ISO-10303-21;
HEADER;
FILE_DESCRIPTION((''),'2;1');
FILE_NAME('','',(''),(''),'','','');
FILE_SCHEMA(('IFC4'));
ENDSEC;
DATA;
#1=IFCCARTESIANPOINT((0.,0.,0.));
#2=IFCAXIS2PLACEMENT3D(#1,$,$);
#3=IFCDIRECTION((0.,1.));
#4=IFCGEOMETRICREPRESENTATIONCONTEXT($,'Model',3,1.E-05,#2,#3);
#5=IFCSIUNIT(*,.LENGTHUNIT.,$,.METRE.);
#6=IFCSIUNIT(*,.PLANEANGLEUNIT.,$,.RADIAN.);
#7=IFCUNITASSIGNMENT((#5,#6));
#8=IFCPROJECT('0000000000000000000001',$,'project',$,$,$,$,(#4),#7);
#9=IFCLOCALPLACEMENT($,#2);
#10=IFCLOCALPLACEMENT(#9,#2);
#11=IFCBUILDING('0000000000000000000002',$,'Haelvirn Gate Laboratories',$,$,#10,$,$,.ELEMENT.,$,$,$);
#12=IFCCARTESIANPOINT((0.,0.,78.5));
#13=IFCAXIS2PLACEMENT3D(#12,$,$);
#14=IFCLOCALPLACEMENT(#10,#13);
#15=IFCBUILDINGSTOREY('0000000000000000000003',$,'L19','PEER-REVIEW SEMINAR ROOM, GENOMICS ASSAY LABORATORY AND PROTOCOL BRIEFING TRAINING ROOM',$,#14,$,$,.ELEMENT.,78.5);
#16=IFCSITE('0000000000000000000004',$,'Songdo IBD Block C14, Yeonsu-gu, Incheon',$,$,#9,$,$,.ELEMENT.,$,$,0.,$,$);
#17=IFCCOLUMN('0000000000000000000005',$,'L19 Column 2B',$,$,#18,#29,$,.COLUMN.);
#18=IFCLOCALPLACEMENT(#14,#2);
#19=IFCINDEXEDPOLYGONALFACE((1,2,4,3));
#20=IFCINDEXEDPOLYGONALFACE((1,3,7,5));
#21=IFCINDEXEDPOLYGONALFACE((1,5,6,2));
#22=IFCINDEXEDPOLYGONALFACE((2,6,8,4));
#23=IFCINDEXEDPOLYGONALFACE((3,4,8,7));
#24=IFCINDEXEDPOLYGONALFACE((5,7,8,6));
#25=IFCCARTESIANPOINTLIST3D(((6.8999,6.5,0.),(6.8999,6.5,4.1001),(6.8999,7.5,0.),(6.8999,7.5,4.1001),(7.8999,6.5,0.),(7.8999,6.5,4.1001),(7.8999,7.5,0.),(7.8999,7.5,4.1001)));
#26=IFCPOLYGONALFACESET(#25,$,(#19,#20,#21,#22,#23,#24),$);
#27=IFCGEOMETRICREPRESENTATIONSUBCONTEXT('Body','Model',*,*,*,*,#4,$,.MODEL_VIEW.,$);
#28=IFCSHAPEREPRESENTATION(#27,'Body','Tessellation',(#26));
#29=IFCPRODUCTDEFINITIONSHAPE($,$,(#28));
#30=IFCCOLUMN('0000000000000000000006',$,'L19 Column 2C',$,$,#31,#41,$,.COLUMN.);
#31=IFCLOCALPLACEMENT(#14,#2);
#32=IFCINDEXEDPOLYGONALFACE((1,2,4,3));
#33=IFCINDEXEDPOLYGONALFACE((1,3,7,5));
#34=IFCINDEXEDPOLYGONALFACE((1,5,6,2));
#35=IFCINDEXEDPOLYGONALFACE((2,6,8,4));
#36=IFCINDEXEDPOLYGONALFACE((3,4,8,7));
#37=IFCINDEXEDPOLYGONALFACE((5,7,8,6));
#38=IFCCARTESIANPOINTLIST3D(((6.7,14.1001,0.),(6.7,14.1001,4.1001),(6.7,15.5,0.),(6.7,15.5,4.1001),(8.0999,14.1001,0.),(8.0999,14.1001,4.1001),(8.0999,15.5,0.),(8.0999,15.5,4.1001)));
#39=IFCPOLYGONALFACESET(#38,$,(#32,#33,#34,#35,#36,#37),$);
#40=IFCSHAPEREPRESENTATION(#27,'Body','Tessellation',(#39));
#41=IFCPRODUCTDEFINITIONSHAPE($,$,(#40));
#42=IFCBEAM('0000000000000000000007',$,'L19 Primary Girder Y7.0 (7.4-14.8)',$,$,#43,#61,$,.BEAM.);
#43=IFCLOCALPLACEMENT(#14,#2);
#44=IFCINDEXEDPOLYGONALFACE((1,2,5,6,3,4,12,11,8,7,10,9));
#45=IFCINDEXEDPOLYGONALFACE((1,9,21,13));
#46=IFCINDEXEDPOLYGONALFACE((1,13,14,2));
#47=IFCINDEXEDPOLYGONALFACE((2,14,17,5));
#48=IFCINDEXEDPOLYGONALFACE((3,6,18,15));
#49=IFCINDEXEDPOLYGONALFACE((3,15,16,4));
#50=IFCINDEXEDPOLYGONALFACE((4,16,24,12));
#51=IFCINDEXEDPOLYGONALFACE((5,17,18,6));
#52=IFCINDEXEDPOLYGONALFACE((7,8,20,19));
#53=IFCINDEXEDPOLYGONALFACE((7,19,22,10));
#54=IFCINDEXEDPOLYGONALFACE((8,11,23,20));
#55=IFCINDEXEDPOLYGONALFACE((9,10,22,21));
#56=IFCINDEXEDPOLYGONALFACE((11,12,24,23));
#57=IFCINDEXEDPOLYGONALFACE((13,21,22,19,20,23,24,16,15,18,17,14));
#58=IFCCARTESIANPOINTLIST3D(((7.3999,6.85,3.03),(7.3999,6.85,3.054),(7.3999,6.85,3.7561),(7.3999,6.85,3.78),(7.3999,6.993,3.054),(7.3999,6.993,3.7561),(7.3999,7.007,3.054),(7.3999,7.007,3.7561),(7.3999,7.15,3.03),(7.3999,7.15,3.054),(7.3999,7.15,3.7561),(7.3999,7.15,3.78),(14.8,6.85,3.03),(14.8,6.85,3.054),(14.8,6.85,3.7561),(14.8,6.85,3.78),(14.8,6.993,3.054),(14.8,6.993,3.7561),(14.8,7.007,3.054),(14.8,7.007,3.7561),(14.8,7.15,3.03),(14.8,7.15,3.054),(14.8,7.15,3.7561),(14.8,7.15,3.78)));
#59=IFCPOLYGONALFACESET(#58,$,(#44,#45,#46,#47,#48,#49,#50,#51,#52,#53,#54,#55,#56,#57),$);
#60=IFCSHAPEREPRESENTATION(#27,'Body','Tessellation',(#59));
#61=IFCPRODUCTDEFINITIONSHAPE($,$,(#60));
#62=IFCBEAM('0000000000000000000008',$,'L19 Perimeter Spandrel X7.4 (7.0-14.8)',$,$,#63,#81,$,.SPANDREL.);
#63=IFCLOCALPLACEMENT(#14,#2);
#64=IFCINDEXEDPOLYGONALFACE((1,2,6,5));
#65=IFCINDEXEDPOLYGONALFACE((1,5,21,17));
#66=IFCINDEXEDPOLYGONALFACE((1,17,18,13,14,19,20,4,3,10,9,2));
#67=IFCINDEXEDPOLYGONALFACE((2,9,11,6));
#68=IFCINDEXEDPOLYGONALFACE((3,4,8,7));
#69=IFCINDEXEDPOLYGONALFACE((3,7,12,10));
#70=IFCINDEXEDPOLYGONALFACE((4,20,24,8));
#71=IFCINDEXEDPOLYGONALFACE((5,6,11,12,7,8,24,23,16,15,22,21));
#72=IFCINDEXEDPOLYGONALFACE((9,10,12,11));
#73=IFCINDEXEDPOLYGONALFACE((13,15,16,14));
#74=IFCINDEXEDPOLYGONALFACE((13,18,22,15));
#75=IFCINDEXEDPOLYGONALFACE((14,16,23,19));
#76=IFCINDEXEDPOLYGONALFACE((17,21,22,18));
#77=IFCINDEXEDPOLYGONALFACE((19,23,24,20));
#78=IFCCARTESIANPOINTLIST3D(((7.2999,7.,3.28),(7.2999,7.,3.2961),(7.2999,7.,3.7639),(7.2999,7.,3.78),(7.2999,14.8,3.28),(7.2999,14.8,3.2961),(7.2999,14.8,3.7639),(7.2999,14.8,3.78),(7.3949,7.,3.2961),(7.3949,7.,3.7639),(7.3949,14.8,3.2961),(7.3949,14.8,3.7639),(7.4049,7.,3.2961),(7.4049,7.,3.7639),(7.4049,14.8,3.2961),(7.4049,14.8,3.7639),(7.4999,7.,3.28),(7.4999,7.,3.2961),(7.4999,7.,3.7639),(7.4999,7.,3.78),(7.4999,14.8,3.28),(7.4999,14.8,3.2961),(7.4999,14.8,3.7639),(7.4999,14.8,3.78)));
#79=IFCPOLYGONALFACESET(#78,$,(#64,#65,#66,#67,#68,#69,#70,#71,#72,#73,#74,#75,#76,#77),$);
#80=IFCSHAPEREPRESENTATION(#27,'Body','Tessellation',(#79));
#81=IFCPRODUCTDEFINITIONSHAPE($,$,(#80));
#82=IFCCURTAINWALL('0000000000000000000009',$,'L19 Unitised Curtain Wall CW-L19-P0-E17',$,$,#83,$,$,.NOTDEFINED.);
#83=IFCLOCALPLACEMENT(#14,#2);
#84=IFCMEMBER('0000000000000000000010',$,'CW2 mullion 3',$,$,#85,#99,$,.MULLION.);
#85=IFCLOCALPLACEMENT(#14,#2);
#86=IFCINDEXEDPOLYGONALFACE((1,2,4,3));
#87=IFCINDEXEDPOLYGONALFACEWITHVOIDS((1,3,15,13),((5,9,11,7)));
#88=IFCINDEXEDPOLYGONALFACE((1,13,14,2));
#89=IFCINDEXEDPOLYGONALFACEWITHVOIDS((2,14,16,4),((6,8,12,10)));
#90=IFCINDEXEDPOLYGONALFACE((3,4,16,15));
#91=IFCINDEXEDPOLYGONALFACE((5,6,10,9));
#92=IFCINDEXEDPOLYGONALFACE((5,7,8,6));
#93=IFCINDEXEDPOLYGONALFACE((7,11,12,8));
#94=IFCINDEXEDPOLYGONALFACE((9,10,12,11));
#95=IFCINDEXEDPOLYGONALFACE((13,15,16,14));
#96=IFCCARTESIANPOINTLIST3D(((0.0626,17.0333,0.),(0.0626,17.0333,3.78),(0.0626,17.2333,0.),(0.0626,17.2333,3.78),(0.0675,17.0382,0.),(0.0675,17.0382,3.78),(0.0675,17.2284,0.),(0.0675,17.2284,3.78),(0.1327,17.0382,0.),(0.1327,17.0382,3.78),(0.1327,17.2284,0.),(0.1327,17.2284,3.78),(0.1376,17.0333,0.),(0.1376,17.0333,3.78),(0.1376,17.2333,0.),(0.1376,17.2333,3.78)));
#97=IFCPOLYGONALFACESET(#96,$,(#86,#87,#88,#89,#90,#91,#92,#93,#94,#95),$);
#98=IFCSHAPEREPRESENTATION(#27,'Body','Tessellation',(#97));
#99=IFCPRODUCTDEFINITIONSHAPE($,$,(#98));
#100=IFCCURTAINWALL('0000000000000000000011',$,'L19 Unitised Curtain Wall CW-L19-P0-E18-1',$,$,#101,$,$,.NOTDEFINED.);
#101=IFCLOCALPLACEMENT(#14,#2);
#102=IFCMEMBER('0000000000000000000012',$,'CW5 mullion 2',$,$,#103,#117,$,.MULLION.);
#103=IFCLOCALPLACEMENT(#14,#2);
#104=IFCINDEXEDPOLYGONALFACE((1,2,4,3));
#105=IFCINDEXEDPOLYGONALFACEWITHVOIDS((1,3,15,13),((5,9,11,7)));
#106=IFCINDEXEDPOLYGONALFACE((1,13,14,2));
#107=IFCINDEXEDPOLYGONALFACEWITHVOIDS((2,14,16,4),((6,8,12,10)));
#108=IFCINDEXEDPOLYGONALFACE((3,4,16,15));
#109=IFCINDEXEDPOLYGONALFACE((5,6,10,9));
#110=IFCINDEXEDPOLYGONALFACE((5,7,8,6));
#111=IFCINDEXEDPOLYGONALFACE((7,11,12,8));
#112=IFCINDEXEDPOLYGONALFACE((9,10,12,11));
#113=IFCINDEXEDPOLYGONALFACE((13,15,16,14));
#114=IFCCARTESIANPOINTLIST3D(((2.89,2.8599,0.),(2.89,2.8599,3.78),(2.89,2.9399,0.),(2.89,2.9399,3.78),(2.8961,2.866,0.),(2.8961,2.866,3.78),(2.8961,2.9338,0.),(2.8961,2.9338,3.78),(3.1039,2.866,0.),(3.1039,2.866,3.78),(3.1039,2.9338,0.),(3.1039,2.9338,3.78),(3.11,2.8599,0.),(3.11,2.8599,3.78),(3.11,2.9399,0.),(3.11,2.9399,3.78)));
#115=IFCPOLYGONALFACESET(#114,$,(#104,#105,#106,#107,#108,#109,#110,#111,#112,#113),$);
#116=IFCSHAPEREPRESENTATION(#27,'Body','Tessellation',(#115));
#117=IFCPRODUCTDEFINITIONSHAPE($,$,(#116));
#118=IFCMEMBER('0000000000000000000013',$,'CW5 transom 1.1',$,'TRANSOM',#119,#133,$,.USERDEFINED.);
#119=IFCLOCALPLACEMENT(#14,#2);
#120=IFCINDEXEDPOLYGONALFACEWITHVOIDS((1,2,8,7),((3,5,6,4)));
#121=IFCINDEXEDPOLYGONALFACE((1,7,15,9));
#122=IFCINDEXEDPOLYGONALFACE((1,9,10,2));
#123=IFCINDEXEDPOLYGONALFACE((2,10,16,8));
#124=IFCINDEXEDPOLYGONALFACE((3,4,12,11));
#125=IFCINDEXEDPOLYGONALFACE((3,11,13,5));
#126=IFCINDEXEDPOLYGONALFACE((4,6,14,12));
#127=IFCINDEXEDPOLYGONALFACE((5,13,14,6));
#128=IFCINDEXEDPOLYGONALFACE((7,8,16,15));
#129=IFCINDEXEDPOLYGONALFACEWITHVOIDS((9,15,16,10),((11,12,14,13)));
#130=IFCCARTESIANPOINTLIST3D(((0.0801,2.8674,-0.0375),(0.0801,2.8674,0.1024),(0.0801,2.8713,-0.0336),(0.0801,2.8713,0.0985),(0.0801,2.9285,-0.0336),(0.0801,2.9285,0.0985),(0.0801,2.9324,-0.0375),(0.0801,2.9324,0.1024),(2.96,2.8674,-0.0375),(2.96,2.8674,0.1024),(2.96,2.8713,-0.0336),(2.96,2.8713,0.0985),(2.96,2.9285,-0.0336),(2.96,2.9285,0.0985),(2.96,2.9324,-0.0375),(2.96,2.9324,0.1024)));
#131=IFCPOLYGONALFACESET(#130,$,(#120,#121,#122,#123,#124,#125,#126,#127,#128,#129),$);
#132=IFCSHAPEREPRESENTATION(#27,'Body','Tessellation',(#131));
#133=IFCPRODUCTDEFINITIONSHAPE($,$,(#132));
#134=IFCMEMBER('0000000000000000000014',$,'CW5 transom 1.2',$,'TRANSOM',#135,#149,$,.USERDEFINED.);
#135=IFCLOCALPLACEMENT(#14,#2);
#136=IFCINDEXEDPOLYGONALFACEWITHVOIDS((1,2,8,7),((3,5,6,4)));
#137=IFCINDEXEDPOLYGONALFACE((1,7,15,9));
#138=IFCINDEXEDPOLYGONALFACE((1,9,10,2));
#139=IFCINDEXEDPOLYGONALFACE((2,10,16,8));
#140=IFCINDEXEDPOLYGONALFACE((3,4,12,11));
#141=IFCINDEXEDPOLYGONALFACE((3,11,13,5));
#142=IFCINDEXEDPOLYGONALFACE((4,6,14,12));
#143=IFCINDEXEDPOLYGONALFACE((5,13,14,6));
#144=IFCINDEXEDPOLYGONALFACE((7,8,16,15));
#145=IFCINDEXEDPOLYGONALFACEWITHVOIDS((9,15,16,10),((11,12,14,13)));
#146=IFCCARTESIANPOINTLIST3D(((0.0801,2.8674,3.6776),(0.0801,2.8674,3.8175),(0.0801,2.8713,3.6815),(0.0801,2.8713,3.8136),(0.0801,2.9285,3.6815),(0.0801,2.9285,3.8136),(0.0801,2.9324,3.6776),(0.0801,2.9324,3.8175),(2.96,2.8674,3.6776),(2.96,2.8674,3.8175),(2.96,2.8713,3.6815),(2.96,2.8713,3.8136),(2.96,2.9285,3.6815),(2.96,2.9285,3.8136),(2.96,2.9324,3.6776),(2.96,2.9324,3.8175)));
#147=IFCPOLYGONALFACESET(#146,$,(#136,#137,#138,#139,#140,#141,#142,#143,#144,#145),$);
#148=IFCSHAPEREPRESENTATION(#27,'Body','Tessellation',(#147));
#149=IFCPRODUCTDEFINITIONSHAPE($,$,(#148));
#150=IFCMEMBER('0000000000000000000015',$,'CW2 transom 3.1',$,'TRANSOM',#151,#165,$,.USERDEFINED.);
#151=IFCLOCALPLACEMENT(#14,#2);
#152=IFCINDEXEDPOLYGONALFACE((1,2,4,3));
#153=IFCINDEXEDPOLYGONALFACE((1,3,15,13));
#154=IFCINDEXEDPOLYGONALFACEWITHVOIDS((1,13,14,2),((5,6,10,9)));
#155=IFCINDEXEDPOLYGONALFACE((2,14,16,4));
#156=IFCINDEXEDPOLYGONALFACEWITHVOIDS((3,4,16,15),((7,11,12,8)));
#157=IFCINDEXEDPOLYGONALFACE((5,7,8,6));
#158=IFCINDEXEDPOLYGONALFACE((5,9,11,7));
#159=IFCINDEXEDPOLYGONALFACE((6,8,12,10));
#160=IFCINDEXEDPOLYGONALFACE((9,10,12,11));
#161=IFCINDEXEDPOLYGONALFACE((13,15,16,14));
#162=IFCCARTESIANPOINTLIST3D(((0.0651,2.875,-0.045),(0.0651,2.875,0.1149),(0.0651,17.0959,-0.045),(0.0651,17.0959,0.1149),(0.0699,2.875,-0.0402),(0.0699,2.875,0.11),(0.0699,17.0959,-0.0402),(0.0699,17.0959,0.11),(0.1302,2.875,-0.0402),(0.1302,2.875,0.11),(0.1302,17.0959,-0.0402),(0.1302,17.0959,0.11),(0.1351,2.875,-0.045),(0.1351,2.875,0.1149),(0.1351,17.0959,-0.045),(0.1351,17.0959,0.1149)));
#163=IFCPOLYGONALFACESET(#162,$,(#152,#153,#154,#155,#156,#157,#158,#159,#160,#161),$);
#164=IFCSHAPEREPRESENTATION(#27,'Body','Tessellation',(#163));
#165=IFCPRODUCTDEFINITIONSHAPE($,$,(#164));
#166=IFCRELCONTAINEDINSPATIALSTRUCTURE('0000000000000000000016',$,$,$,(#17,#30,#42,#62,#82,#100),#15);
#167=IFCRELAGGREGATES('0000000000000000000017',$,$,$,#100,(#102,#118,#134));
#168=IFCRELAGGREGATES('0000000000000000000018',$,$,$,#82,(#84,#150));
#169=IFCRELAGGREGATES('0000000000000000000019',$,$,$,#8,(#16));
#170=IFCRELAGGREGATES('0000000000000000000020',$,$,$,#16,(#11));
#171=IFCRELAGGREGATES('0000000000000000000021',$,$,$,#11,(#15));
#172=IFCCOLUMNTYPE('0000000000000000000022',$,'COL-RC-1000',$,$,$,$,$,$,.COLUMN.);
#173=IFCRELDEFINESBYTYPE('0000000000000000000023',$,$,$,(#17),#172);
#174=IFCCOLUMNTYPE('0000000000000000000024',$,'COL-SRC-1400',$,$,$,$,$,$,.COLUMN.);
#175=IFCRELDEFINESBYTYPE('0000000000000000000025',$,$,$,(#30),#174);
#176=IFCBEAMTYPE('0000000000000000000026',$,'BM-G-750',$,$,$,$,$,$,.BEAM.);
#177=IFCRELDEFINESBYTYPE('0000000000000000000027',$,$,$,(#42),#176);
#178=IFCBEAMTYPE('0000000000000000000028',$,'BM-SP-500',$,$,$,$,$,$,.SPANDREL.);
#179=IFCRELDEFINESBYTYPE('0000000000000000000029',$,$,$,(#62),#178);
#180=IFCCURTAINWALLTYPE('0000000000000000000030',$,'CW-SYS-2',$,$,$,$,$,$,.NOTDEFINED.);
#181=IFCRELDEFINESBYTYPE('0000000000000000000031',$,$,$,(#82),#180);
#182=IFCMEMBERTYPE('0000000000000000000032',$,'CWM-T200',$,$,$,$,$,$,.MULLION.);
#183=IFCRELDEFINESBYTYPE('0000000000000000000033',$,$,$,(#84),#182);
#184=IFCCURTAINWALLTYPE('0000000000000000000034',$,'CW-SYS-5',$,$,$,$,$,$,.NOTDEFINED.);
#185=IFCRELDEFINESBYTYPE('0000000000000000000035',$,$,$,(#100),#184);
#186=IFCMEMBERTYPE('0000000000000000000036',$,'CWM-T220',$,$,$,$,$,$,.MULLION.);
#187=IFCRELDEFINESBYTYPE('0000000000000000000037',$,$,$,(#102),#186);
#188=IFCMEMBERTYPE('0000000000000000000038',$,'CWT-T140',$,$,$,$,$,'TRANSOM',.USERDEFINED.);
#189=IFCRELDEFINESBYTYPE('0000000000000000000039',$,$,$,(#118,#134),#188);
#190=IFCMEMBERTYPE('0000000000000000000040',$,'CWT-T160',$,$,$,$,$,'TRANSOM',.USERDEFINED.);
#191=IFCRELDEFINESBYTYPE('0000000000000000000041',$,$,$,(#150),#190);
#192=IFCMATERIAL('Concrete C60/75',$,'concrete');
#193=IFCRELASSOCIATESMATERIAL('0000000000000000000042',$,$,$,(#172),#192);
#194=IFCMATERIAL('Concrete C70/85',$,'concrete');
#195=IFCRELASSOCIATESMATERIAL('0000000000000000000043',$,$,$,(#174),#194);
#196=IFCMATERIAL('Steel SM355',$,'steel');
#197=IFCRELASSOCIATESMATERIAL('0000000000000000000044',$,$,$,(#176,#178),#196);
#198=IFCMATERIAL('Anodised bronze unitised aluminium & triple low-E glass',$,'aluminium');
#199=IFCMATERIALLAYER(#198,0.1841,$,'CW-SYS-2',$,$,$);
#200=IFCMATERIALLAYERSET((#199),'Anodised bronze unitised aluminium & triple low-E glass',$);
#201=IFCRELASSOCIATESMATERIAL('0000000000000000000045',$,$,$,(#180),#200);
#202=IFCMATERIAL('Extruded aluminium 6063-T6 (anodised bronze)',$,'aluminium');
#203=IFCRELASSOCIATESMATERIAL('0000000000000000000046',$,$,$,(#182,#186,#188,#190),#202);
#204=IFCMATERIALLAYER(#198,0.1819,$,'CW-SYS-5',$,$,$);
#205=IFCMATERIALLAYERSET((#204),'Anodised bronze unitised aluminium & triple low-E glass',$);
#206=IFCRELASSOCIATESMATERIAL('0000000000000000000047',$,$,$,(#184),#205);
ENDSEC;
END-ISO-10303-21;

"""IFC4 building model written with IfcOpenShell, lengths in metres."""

from ifc_helpers import new_model, si_unit, direction, frame, origin, origin_2d, place, context, subcontext, project, spatial, rectangle, hollow_rectangle, i_section, extrude, source, transform, mapped, material, layer, layer_set, material_profile, profile_set, type_object, type_shapes, element, aggregate, save


model = new_model("IFC4")

# Units and contexts
model_context = context("Model", 3, precision=1e-05, world=origin(), true_north=direction((0.0, 1.0)))
body_context = subcontext(model_context, "Body", "Model", "MODEL_VIEW")
ifc_project = project(units=[si_unit("LENGTHUNIT", "METRE"), si_unit("PLANEANGLEUNIT", "RADIAN")], contexts=[model_context])

# Site, building, storey
site_placement = place(None, origin())
site = spatial("IfcSite", under=ifc_project, at=site_placement, Name="Songdo IBD Block C14, Yeonsu-gu, Incheon", CompositionType="ELEMENT", RefElevation=0.0)
building_placement = place(site_placement, origin())
building = spatial("IfcBuilding", under=site, at=building_placement, Name="Haelvirn Gate Laboratories", CompositionType="ELEMENT")
storey_placement = place(building_placement, frame((0.0, 0.0, 78.5)))
storey = spatial("IfcBuildingStorey", under=building, at=storey_placement, Name="L19", Description="PEER-REVIEW SEMINAR ROOM, GENOMICS ASSAY LABORATORY AND PROTOCOL BRIEFING TRAINING ROOM", CompositionType="ELEMENT", Elevation=78.5)

# Columns
ifc_material_1 = material(Name="Concrete C60/75", Category="concrete")
ifc_material_profile_1 = material_profile(ifc_material_1, rectangle(XDim=1.0, YDim=1.0, at=origin_2d()), Name="RC-1000x1000")
ifc_profile_set_1 = profile_set([ifc_material_profile_1], Name="Concrete C60/75")
column_type_1 = type_object("IfcColumnType", Name="COL-RC-1000", PredefinedType="COLUMN", material=ifc_profile_set_1)
shared_shape_1 = source(origin(), body_context, "Body", "SweptSolid", [
    extrude(rectangle(XDim=1.0, YDim=1.0, at=origin_2d()), origin(), (0.0, 0.0, 1.0), 4.1001),
])
type_shapes(column_type_1, [shared_shape_1])
column_1_placement = place(storey_placement, frame((7.3999, 7.0, 0.0), z_axis=(0.0, 0.0, 1.0), x_axis=(1.0, 0.0, 0.0)))
element("IfcColumn", 1, at=column_1_placement, inside=storey, type_object=column_type_1, Name="L19 Column 2B", PredefinedType="COLUMN", context=body_context, shape_type="MappedRepresentation", body=[
    mapped(shared_shape_1, transform((0.0, 0.0, 0.0), scale=1.0)),
])
ifc_material_2 = material(Name="Concrete C70/85", Category="concrete")
ifc_material_profile_2 = material_profile(ifc_material_2, rectangle(XDim=1.3999, YDim=1.3999, at=origin_2d()), Name="SRC-1400x1400")
ifc_profile_set_2 = profile_set([ifc_material_profile_2], Name="Concrete C70/85")
column_type_2 = type_object("IfcColumnType", Name="COL-SRC-1400", PredefinedType="COLUMN", material=ifc_profile_set_2)
shared_shape_2 = source(origin(), body_context, "Body", "SweptSolid", [
    extrude(rectangle(XDim=1.3999, YDim=1.3999, at=origin_2d()), origin(), (0.0, 0.0, 1.0), 4.1001),
])
type_shapes(column_type_2, [shared_shape_2])
column_2_placement = place(storey_placement, frame((7.3999, 14.8, 0.0), z_axis=(0.0, 0.0, 1.0), x_axis=(1.0, 0.0, 0.0)))
element("IfcColumn", 2, at=column_2_placement, inside=storey, type_object=column_type_2, Name="L19 Column 2C", PredefinedType="COLUMN", context=body_context, shape_type="MappedRepresentation", body=[
    mapped(shared_shape_2, transform((0.0, 0.0, 0.0), scale=1.0)),
])

# Beams
ifc_material_3 = material(Name="Steel SM355", Category="steel")
ifc_material_profile_3 = material_profile(ifc_material_3, i_section(OverallWidth=0.3, OverallDepth=0.75, WebThickness=0.0139, FlangeThickness=0.0239, at=origin_2d()), Name="H-750x300x14x24")
ifc_profile_set_3 = profile_set([ifc_material_profile_3], Name="Steel SM355")
beam_type_1 = type_object("IfcBeamType", Name="BM-G-750", PredefinedType="BEAM", material=ifc_profile_set_3)
shared_shape_3 = source(origin(), body_context, "Body", "SweptSolid", [
    extrude(i_section(OverallWidth=0.3, OverallDepth=0.75, WebThickness=0.0139, FlangeThickness=0.0239, at=origin_2d()), origin(), (0.0, 0.0, 1.0), 7.4001),
])
type_shapes(beam_type_1, [shared_shape_3])
beam_1_placement = place(storey_placement, frame((7.3999, 7.0, 3.405), z_axis=(1.0, 0.0, 0.0), x_axis=(0.0, 1.0, 0.0)))
element("IfcBeam", 3, at=beam_1_placement, inside=storey, type_object=beam_type_1, Name="L19 Primary Girder Y7.0 (7.4-14.8)", PredefinedType="BEAM", context=body_context, shape_type="MappedRepresentation", body=[
    mapped(shared_shape_3, transform((0.0, 0.0, 0.0), scale=1.0)),
])
ifc_material_profile_4 = material_profile(ifc_material_3, i_section(OverallWidth=0.2, OverallDepth=0.5, WebThickness=0.01, FlangeThickness=0.0161, at=origin_2d()), Name="H-500x200x10x16")
ifc_profile_set_4 = profile_set([ifc_material_profile_4], Name="Steel SM355")
beam_type_2 = type_object("IfcBeamType", Name="BM-SP-500", PredefinedType="SPANDREL", material=ifc_profile_set_4)
shared_shape_4 = source(origin(), body_context, "Body", "SweptSolid", [
    extrude(i_section(OverallWidth=0.2, OverallDepth=0.5, WebThickness=0.01, FlangeThickness=0.0161, at=origin_2d()), origin(), (0.0, 0.0, 1.0), 7.8),
])
type_shapes(beam_type_2, [shared_shape_4])
beam_2_placement = place(storey_placement, frame((7.3999, 7.0, 3.53), z_axis=(0.0, 1.0, 0.0), x_axis=(-1.0, 0.0, 0.0)))
element("IfcBeam", 4, at=beam_2_placement, inside=storey, type_object=beam_type_2, Name="L19 Perimeter Spandrel X7.4 (7.0-14.8)", PredefinedType="SPANDREL", context=body_context, shape_type="MappedRepresentation", body=[
    mapped(shared_shape_4, transform((0.0, 0.0, 0.0), scale=1.0)),
])

# Curtain wall, member
ifc_material_4 = material(Name="Anodised bronze unitised aluminium & triple low-E glass", Category="aluminium")
ifc_layer_1 = layer(ifc_material_4, 0.1841, Name="CW-SYS-2")
ifc_layer_set_1 = layer_set([ifc_layer_1], Name="Anodised bronze unitised aluminium & triple low-E glass")
curtain_wall_type_1 = type_object("IfcCurtainWallType", Name="CW-SYS-2", PredefinedType="NOTDEFINED", material=ifc_layer_set_1)
curtain_wall_1_placement = place(storey_placement, origin())
curtain_wall_1 = element("IfcCurtainWall", 5, at=curtain_wall_1_placement, inside=storey, type_object=curtain_wall_type_1, Name="L19 Unitised Curtain Wall CW-L19-P0-E17", PredefinedType="NOTDEFINED")
ifc_material_5 = material(Name="Extruded aluminium 6063-T6 (anodised bronze)", Category="aluminium")
ifc_material_profile_5 = material_profile(ifc_material_5, hollow_rectangle(XDim=0.075, YDim=0.2, WallThickness=0.0049, at=origin_2d()), Name="CWM-200x75x5")
ifc_profile_set_5 = profile_set([ifc_material_profile_5], Name="Extruded aluminium 6063-T6 (anodised bronze)")
member_type_1 = type_object("IfcMemberType", Name="CWM-T200", PredefinedType="MULLION", material=ifc_profile_set_5)
shared_shape_5 = source(origin(), body_context, "Body", "SweptSolid", [
    extrude(hollow_rectangle(XDim=0.075, YDim=0.2, WallThickness=0.0049, at=origin_2d()), origin(), (0.0, 0.0, 1.0), 3.78),
])
type_shapes(member_type_1, [shared_shape_5])
member_1_placement = place(storey_placement, frame((0.1001, 17.1333, 0.0), z_axis=(0.0, 0.0, 1.0), x_axis=(1.0, 0.0, 0.0)))
member_1 = element("IfcMember", 6, at=member_1_placement, type_object=member_type_1, Name="CW2 mullion 3", PredefinedType="MULLION", context=body_context, shape_type="MappedRepresentation", body=[
    mapped(shared_shape_5, transform((0.0, 0.0, 0.0), scale=1.0)),
])

# Curtain wall, members
ifc_layer_2 = layer(ifc_material_4, 0.1819, Name="CW-SYS-5")
ifc_layer_set_2 = layer_set([ifc_layer_2], Name="Anodised bronze unitised aluminium & triple low-E glass")
curtain_wall_type_2 = type_object("IfcCurtainWallType", Name="CW-SYS-5", PredefinedType="NOTDEFINED", material=ifc_layer_set_2)
curtain_wall_2_placement = place(storey_placement, origin())
curtain_wall_2 = element("IfcCurtainWall", 7, at=curtain_wall_2_placement, inside=storey, type_object=curtain_wall_type_2, Name="L19 Unitised Curtain Wall CW-L19-P0-E18-1", PredefinedType="NOTDEFINED")
ifc_material_profile_6 = material_profile(ifc_material_5, hollow_rectangle(XDim=0.0801, YDim=0.22, WallThickness=0.0061, at=origin_2d()), Name="CWM-220x80x6")
ifc_profile_set_6 = profile_set([ifc_material_profile_6], Name="Extruded aluminium 6063-T6 (anodised bronze)")
member_type_2 = type_object("IfcMemberType", Name="CWM-T220", PredefinedType="MULLION", material=ifc_profile_set_6)
shared_shape_6 = source(origin(), body_context, "Body", "SweptSolid", [
    extrude(hollow_rectangle(XDim=0.0801, YDim=0.22, WallThickness=0.0061, at=origin_2d()), origin(), (0.0, 0.0, 1.0), 3.78),
])
type_shapes(member_type_2, [shared_shape_6])
member_2_placement = place(storey_placement, frame((3.0, 2.8999, 0.0), z_axis=(0.0, 0.0, 1.0), x_axis=(0.0, 1.0, 0.0)))
member_2 = element("IfcMember", 8, at=member_2_placement, type_object=member_type_2, Name="CW5 mullion 2", PredefinedType="MULLION", context=body_context, shape_type="MappedRepresentation", body=[
    mapped(shared_shape_6, transform((0.0, 0.0, 0.0), scale=1.0)),
])
ifc_material_profile_7 = material_profile(ifc_material_5, hollow_rectangle(XDim=0.0649, YDim=0.1399, WallThickness=0.0039, at=origin_2d()), Name="CWT-140x65x4")
ifc_profile_set_7 = profile_set([ifc_material_profile_7], Name="Extruded aluminium 6063-T6 (anodised bronze)")
member_type_3 = type_object("IfcMemberType", Name="CWT-T140", ElementType="TRANSOM", PredefinedType="USERDEFINED", material=ifc_profile_set_7)
shared_shape_7 = source(origin(), body_context, "Body", "SweptSolid", [
    extrude(hollow_rectangle(XDim=0.0649, YDim=0.1399, WallThickness=0.0039, at=origin_2d()), origin(), (0.0, 0.0, 1.0), 2.8799),
])
type_shapes(member_type_3, [shared_shape_7])
member_3_placement = place(storey_placement, frame((0.0801, 2.8999, 0.0325), z_axis=(1.0, 0.0, 0.0), x_axis=(0.0, 1.0, 0.0)))
member_3 = element("IfcMember", 9, at=member_3_placement, type_object=member_type_3, Name="CW5 transom 1.1", ObjectType="TRANSOM", PredefinedType="USERDEFINED", context=body_context, shape_type="MappedRepresentation", body=[
    mapped(shared_shape_7, transform((0.0, 0.0, 0.0), scale=1.0)),
])
member_4_placement = place(storey_placement, frame((0.0801, 2.8999, 3.7476), z_axis=(1.0, 0.0, 0.0), x_axis=(0.0, 1.0, 0.0)))
member_4 = element("IfcMember", 10, at=member_4_placement, type_object=member_type_3, Name="CW5 transom 1.2", ObjectType="TRANSOM", PredefinedType="USERDEFINED", context=body_context, shape_type="MappedRepresentation", body=[
    mapped(shared_shape_7, transform((0.0, 0.0, 0.0), scale=1.0)),
])

# Member
ifc_material_profile_8 = material_profile(ifc_material_5, hollow_rectangle(XDim=0.0701, YDim=0.1599, WallThickness=0.0049, at=origin_2d()), Name="CWT-160x70x5")
ifc_profile_set_8 = profile_set([ifc_material_profile_8], Name="Extruded aluminium 6063-T6 (anodised bronze)")
member_type_4 = type_object("IfcMemberType", Name="CWT-T160", ElementType="TRANSOM", PredefinedType="USERDEFINED", material=ifc_profile_set_8)
shared_shape_8 = source(origin(), body_context, "Body", "SweptSolid", [
    extrude(hollow_rectangle(XDim=0.0701, YDim=0.1599, WallThickness=0.0049, at=origin_2d()), origin(), (0.0, 0.0, 1.0), 14.2209),
])
type_shapes(member_type_4, [shared_shape_8])
member_5_placement = place(storey_placement, frame((0.1001, 17.0959, 0.0349), z_axis=(0.0, -1.0, 0.0), x_axis=(1.0, 0.0, 0.0)))
member_5 = element("IfcMember", 11, at=member_5_placement, type_object=member_type_4, Name="CW2 transom 3.1", ObjectType="TRANSOM", PredefinedType="USERDEFINED", context=body_context, shape_type="MappedRepresentation", body=[
    mapped(shared_shape_8, transform((0.0, 0.0, 0.0), scale=1.0)),
])

aggregate(curtain_wall_2, [member_2, member_3, member_4])
aggregate(curtain_wall_1, [member_1, member_5])

save(model, "model.ifc")
